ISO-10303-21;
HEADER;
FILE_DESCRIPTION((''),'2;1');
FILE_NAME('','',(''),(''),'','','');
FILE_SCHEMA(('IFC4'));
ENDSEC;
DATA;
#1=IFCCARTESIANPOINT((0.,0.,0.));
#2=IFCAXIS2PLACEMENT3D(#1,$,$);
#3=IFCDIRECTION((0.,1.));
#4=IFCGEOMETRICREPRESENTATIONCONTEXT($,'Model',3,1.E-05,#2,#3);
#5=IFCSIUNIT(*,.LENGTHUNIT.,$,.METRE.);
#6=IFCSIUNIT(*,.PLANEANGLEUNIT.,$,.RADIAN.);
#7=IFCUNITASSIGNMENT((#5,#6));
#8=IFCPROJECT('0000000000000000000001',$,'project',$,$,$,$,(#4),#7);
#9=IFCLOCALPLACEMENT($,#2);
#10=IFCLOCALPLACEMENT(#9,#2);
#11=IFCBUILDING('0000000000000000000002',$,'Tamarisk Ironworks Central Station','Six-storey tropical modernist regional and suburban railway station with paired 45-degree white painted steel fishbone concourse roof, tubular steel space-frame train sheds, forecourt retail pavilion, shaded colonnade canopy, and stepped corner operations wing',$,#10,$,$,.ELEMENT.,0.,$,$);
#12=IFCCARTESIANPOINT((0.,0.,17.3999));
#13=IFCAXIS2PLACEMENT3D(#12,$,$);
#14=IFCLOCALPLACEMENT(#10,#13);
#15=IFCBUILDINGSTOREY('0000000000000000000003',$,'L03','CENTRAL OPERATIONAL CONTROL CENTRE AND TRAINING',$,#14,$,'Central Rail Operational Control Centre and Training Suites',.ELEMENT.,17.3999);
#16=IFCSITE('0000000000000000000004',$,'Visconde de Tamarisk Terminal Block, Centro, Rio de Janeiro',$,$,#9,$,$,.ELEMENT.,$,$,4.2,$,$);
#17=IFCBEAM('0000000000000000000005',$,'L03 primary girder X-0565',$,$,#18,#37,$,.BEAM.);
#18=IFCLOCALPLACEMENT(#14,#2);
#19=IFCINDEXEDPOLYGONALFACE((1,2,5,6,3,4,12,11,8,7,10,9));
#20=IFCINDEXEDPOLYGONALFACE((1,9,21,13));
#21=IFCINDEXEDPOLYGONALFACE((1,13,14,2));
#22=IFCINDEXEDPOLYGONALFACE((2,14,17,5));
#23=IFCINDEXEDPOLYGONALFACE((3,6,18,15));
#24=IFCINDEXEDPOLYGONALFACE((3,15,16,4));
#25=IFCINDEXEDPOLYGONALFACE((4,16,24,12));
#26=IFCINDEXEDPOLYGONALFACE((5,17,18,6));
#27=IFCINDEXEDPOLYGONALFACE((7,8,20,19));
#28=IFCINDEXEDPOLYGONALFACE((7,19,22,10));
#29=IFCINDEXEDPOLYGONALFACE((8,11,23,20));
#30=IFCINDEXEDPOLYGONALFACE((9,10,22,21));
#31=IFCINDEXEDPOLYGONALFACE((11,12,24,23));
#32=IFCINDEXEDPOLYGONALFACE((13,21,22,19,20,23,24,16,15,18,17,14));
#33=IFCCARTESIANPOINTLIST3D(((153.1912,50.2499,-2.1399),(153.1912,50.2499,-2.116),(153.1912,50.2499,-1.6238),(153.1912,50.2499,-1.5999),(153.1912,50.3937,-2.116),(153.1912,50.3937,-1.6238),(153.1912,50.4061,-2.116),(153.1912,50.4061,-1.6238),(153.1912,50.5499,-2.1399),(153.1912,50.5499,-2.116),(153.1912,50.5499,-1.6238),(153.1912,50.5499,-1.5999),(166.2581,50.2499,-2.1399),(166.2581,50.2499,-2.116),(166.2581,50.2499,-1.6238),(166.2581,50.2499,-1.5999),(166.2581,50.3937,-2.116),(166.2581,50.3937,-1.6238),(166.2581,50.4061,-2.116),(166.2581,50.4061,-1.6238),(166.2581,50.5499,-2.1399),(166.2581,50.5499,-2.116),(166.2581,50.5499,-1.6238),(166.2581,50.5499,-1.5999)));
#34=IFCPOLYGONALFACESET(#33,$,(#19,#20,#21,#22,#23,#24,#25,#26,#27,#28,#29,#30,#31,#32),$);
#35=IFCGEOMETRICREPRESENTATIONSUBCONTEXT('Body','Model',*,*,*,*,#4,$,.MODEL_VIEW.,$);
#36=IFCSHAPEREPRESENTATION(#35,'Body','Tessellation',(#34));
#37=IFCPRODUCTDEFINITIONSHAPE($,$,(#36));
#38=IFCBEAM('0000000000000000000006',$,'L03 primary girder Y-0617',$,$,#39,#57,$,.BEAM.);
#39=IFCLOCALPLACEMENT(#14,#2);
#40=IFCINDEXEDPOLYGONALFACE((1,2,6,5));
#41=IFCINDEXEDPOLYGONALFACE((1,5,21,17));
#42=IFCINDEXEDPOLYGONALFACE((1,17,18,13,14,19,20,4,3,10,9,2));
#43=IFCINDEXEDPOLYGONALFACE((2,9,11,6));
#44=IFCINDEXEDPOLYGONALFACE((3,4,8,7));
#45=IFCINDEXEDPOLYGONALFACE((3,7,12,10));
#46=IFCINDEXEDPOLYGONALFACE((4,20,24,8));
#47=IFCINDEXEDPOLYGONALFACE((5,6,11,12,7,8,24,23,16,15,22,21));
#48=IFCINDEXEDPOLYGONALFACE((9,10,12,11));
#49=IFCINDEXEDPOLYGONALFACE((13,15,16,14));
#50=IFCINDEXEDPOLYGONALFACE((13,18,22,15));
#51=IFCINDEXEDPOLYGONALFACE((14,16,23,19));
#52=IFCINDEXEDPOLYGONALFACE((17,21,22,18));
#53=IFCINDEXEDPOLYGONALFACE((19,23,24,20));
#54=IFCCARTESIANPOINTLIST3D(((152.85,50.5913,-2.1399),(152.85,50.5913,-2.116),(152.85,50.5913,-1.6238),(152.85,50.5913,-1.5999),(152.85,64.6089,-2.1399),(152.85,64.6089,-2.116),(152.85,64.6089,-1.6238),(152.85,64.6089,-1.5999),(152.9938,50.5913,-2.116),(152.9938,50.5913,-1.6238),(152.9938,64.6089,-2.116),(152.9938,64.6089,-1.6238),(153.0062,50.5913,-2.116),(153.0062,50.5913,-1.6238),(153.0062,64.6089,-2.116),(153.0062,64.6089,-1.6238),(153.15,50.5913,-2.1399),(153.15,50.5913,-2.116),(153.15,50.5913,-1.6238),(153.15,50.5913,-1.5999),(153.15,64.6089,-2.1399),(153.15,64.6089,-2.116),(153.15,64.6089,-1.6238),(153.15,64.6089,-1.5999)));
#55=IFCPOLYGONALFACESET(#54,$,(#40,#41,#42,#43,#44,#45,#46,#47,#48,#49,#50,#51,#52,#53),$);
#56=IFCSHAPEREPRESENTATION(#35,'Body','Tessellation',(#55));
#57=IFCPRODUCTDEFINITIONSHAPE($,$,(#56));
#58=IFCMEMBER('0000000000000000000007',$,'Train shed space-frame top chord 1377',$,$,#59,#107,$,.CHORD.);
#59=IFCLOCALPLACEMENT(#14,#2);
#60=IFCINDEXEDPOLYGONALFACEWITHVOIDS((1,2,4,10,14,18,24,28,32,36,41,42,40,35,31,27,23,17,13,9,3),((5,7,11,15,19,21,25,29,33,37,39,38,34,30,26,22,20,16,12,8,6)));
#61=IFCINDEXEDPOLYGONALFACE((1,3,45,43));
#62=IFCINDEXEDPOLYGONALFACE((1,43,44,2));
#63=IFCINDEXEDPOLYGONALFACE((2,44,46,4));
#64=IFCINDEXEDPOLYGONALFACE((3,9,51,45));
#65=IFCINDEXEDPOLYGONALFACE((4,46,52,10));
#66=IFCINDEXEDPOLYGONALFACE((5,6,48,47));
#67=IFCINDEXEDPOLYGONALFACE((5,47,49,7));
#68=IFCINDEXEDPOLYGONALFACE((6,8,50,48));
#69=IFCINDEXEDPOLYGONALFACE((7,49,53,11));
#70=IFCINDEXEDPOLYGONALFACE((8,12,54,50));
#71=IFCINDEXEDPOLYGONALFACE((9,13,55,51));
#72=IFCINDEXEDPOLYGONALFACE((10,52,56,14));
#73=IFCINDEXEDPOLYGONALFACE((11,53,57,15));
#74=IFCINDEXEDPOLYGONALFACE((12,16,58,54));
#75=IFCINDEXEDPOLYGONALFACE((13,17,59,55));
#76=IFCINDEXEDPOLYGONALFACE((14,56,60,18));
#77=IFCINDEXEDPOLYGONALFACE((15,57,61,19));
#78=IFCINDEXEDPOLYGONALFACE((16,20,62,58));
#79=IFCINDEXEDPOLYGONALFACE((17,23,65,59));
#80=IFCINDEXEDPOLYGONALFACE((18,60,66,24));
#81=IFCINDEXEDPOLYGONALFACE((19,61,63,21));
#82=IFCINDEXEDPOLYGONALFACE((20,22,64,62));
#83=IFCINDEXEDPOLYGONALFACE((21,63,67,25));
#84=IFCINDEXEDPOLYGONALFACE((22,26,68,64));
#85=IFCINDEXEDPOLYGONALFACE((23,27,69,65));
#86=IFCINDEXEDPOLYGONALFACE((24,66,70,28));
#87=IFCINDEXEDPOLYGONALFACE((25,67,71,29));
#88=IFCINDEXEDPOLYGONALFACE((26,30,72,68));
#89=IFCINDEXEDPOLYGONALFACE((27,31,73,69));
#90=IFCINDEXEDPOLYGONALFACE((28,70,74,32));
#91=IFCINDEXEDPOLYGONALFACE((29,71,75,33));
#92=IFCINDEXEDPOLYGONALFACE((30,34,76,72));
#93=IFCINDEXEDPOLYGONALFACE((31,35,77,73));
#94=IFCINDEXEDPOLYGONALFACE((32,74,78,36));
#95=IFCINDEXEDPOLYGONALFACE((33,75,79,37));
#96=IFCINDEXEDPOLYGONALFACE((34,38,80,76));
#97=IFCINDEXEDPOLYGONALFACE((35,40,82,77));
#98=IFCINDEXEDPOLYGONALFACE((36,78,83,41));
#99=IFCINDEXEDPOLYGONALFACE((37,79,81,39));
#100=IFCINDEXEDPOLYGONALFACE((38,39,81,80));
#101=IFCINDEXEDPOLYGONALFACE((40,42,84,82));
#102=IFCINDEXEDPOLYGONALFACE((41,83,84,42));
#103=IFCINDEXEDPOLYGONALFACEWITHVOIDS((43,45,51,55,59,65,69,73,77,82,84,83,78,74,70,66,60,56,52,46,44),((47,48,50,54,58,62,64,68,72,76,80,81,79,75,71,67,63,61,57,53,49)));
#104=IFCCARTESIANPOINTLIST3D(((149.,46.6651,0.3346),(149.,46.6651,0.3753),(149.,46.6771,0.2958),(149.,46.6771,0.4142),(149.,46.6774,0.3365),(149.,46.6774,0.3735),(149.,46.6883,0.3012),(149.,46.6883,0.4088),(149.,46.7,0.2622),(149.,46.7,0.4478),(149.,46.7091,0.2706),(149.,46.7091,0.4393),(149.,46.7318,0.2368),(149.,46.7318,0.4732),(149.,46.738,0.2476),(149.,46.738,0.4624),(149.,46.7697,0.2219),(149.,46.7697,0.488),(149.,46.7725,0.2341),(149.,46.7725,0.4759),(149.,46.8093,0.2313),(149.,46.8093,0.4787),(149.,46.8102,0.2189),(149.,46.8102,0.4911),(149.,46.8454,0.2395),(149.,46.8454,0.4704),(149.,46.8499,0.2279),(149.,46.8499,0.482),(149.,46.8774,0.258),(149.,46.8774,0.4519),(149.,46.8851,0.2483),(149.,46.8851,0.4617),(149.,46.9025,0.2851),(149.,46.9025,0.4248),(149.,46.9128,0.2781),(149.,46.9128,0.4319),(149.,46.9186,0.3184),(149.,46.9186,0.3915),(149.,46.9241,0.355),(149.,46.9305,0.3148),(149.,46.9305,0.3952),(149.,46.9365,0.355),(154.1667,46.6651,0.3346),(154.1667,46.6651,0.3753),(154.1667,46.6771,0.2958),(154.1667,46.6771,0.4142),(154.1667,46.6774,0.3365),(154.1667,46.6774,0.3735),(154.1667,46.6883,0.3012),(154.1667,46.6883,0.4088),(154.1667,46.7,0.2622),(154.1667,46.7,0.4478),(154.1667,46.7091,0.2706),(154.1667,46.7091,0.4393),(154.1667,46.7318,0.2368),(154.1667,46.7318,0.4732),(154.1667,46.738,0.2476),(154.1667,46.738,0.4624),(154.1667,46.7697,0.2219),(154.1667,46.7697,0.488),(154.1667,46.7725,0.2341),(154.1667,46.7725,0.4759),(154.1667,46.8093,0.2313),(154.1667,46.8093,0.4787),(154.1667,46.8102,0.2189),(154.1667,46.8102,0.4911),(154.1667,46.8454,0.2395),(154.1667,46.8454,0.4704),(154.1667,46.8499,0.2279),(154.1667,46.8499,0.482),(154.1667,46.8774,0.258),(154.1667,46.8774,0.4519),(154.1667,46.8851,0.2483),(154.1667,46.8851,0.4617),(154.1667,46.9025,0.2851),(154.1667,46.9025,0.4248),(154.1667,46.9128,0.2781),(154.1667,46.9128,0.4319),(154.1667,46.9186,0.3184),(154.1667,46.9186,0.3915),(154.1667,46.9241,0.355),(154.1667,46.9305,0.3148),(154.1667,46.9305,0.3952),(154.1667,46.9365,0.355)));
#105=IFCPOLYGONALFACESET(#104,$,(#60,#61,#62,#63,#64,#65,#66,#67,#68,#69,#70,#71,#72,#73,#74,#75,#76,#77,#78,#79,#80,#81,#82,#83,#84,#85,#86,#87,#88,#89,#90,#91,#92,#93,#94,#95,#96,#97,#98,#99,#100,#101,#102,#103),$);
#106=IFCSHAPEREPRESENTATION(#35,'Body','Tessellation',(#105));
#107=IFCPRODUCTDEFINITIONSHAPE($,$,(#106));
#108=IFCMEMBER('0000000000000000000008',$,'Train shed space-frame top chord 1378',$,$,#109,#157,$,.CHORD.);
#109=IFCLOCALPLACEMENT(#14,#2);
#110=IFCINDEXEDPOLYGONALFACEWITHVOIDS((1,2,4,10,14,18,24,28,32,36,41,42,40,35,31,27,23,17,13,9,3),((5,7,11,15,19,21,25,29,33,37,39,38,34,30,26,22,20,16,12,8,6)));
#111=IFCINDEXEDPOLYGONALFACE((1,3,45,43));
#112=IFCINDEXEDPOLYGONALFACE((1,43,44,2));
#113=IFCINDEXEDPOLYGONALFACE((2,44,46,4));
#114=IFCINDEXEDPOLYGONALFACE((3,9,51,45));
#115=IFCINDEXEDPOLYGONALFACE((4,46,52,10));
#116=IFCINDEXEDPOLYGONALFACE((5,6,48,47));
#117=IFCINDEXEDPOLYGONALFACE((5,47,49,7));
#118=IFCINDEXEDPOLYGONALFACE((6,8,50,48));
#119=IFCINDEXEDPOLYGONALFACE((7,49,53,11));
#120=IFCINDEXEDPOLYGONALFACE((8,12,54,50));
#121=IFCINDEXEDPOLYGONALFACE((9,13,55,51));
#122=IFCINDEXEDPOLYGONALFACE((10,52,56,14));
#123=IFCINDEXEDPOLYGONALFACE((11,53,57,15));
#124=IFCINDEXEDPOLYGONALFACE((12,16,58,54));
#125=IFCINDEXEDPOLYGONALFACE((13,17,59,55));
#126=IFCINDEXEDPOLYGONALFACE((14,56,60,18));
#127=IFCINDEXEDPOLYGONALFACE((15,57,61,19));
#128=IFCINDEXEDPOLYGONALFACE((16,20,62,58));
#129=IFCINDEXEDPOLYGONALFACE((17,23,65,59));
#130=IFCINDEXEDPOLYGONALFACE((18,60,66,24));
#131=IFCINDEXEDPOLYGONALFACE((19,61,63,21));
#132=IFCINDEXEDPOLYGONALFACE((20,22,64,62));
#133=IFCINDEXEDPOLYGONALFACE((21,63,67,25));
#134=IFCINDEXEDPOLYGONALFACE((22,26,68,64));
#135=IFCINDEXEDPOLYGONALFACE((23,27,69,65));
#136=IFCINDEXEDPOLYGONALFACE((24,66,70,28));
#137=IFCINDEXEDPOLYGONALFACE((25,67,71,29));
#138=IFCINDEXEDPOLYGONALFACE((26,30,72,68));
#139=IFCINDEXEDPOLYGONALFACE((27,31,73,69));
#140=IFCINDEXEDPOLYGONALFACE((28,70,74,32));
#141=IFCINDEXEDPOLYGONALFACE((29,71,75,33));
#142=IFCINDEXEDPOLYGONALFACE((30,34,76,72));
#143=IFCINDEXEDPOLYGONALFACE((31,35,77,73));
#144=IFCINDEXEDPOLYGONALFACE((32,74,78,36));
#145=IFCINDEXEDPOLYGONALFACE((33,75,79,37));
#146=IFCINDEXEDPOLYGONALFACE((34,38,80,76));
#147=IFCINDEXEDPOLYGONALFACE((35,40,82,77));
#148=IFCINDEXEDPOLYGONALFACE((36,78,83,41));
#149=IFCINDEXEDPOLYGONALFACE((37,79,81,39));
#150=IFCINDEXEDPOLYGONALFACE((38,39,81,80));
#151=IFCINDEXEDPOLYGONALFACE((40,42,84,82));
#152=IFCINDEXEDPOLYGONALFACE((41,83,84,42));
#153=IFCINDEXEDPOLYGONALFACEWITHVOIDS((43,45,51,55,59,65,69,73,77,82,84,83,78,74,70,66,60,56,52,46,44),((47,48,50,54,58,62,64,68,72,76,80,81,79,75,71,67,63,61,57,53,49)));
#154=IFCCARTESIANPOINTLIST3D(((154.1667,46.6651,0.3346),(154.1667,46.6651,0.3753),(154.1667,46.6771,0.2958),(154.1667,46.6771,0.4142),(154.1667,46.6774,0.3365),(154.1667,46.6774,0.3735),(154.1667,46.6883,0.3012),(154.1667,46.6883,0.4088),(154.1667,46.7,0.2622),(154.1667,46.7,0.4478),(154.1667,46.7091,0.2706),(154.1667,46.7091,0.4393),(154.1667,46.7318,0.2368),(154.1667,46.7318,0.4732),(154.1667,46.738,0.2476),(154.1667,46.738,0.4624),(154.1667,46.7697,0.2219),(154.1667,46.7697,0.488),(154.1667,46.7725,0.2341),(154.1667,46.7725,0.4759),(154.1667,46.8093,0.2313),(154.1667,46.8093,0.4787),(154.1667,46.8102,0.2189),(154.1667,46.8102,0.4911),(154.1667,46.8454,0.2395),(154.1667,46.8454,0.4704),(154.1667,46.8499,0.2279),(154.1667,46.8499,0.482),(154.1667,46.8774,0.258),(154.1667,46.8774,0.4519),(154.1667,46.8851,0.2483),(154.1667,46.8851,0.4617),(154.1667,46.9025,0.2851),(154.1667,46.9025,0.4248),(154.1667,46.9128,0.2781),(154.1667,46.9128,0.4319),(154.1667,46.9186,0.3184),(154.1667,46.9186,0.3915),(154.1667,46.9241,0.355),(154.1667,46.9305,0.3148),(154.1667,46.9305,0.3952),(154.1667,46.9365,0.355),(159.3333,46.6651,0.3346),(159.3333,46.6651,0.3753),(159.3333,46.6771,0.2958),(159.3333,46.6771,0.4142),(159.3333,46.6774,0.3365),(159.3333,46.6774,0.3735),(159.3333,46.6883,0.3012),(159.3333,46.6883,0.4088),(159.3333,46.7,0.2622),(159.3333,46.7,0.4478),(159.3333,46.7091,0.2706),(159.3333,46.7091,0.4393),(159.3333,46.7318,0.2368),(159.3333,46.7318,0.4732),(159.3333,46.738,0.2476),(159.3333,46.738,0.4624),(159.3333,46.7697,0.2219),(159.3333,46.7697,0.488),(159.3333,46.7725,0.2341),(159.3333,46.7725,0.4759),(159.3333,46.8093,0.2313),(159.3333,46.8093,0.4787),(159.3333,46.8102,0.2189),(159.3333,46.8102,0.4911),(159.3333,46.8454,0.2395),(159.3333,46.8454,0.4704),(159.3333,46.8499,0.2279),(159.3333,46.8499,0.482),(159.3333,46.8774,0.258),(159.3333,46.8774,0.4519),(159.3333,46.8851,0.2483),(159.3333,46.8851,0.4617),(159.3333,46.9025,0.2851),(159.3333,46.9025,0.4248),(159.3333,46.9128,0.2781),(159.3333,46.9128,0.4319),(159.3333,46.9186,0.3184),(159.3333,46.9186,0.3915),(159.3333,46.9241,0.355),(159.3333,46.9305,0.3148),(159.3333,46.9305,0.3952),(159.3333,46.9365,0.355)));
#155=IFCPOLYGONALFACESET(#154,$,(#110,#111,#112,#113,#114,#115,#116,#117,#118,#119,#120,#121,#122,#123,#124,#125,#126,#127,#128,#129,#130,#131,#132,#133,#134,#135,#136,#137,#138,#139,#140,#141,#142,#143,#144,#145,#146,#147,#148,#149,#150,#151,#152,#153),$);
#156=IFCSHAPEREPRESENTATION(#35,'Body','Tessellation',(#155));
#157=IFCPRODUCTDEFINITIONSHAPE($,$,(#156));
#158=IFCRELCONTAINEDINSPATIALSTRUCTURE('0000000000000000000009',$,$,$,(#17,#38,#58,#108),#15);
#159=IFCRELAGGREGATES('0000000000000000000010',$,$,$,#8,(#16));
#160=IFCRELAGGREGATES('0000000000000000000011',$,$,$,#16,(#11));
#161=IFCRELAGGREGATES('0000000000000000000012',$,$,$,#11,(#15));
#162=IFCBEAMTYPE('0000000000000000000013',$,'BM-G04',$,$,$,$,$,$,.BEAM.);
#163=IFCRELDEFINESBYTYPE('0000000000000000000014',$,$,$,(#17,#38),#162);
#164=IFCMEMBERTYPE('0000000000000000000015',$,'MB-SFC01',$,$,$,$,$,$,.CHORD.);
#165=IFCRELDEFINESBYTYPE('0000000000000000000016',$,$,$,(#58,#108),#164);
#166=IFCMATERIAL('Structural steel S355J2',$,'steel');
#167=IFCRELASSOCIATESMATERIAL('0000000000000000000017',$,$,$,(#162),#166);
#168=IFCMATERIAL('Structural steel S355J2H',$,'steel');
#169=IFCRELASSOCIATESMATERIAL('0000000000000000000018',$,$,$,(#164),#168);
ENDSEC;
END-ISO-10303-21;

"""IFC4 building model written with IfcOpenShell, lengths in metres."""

from ifc_helpers import new_model, si_unit, direction, frame, origin, origin_2d, place, context, subcontext, project, spatial, hollow_circle, i_section, extrude, material, material_profile, profile_set, type_object, element, save


model = new_model("IFC4")

# Units and contexts
model_context = context("Model", 3, precision=1e-05, world=origin(), true_north=direction((0.0, 1.0)))
body_context = subcontext(model_context, "Body", "Model", "MODEL_VIEW")
ifc_project = project(units=[si_unit("LENGTHUNIT", "METRE"), si_unit("PLANEANGLEUNIT", "RADIAN")], contexts=[model_context])

# Site, building, storey
site_placement = place(None, origin())
site = spatial("IfcSite", under=ifc_project, at=site_placement, Name="Visconde de Tamarisk Terminal Block, Centro, Rio de Janeiro", CompositionType="ELEMENT", RefElevation=4.2)
building_placement = place(site_placement, origin())
building = spatial("IfcBuilding", under=site, at=building_placement, Name="Tamarisk Ironworks Central Station", Description="Six-storey tropical modernist regional and suburban railway station with paired 45-degree white painted steel fishbone concourse roof, tubular steel space-frame train sheds, forecourt retail pavilion, shaded colonnade canopy, and stepped corner operations wing", CompositionType="ELEMENT", ElevationOfRefHeight=0.0)
storey_placement = place(building_placement, frame((0.0, 0.0, 17.3999)))
storey = spatial("IfcBuildingStorey", under=building, at=storey_placement, Name="L03", Description="CENTRAL OPERATIONAL CONTROL CENTRE AND TRAINING", LongName="Central Rail Operational Control Centre and Training Suites", CompositionType="ELEMENT", Elevation=17.3999)

# Beams
ifc_material_1 = material(Name="Structural steel S355J2", Category="steel")
ifc_material_profile_1 = material_profile(ifc_material_1, i_section(OverallWidth=0.3, OverallDepth=0.54, WebThickness=0.0125, FlangeThickness=0.0239, at=origin_2d()), Name="HEA 550")
ifc_profile_set_1 = profile_set([ifc_material_profile_1], Name="Structural steel S355J2")
beam_type = type_object("IfcBeamType", Name="BM-G04", PredefinedType="BEAM", material=ifc_profile_set_1)
beam_1_placement = place(storey_placement, frame((153.1912, 50.3999, -1.8699), z_axis=(1.0, 0.0, 0.0), x_axis=(0.0, 1.0, 0.0)))
element("IfcBeam", 1, at=beam_1_placement, inside=storey, type_object=beam_type, Name="L03 primary girder X-0565", PredefinedType="BEAM", context=body_context, shape_type="SweptSolid", body=[
    extrude(i_section(OverallWidth=0.3, OverallDepth=0.54, WebThickness=0.0125, FlangeThickness=0.0239, at=origin_2d()), origin(), (0.0, 0.0, 1.0), 13.0669),
])
beam_2_placement = place(storey_placement, frame((153.0, 50.5913, -1.8699), z_axis=(0.0, 1.0, 0.0), x_axis=(-1.0, 0.0, 0.0)))
element("IfcBeam", 2, at=beam_2_placement, inside=storey, type_object=beam_type, Name="L03 primary girder Y-0617", PredefinedType="BEAM", context=body_context, shape_type="SweptSolid", body=[
    extrude(i_section(OverallWidth=0.3, OverallDepth=0.54, WebThickness=0.0125, FlangeThickness=0.0239, at=origin_2d()), origin(), (0.0, 0.0, 1.0), 14.0176),
])

# Members
ifc_material_2 = material(Name="Structural steel S355J2H", Category="steel")
ifc_material_profile_2 = material_profile(ifc_material_2, hollow_circle(Radius=0.1365, WallThickness=0.0125, at=origin_2d()), Name="CHS 273x12.5")
ifc_profile_set_2 = profile_set([ifc_material_profile_2], Name="Structural steel S355J2H")
member_type_1 = type_object("IfcMemberType", Name="MB-SFC01", PredefinedType="CHORD", material=ifc_profile_set_2)
member_1_placement = place(storey_placement, frame((149.0, 46.8, 0.355), z_axis=(1.0, 0.0, 0.0), x_axis=(0.0, 1.0, 0.0)))
element("IfcMember", 3, at=member_1_placement, inside=storey, type_object=member_type_1, Name="Train shed space-frame top chord 1377", PredefinedType="CHORD", context=body_context, shape_type="SweptSolid", body=[
    extrude(hollow_circle(Radius=0.1365, WallThickness=0.0125, at=origin_2d()), origin(), (0.0, 0.0, 1.0), 5.1667),
])
member_2_placement = place(storey_placement, frame((154.1667, 46.8, 0.355), z_axis=(1.0, 0.0, 0.0), x_axis=(0.0, 1.0, 0.0)))
element("IfcMember", 4, at=member_2_placement, inside=storey, type_object=member_type_1, Name="Train shed space-frame top chord 1378", PredefinedType="CHORD", context=body_context, shape_type="SweptSolid", body=[
    extrude(hollow_circle(Radius=0.1365, WallThickness=0.0125, at=origin_2d()), origin(), (0.0, 0.0, 1.0), 5.1665),
])

save(model, "model.ifc")
